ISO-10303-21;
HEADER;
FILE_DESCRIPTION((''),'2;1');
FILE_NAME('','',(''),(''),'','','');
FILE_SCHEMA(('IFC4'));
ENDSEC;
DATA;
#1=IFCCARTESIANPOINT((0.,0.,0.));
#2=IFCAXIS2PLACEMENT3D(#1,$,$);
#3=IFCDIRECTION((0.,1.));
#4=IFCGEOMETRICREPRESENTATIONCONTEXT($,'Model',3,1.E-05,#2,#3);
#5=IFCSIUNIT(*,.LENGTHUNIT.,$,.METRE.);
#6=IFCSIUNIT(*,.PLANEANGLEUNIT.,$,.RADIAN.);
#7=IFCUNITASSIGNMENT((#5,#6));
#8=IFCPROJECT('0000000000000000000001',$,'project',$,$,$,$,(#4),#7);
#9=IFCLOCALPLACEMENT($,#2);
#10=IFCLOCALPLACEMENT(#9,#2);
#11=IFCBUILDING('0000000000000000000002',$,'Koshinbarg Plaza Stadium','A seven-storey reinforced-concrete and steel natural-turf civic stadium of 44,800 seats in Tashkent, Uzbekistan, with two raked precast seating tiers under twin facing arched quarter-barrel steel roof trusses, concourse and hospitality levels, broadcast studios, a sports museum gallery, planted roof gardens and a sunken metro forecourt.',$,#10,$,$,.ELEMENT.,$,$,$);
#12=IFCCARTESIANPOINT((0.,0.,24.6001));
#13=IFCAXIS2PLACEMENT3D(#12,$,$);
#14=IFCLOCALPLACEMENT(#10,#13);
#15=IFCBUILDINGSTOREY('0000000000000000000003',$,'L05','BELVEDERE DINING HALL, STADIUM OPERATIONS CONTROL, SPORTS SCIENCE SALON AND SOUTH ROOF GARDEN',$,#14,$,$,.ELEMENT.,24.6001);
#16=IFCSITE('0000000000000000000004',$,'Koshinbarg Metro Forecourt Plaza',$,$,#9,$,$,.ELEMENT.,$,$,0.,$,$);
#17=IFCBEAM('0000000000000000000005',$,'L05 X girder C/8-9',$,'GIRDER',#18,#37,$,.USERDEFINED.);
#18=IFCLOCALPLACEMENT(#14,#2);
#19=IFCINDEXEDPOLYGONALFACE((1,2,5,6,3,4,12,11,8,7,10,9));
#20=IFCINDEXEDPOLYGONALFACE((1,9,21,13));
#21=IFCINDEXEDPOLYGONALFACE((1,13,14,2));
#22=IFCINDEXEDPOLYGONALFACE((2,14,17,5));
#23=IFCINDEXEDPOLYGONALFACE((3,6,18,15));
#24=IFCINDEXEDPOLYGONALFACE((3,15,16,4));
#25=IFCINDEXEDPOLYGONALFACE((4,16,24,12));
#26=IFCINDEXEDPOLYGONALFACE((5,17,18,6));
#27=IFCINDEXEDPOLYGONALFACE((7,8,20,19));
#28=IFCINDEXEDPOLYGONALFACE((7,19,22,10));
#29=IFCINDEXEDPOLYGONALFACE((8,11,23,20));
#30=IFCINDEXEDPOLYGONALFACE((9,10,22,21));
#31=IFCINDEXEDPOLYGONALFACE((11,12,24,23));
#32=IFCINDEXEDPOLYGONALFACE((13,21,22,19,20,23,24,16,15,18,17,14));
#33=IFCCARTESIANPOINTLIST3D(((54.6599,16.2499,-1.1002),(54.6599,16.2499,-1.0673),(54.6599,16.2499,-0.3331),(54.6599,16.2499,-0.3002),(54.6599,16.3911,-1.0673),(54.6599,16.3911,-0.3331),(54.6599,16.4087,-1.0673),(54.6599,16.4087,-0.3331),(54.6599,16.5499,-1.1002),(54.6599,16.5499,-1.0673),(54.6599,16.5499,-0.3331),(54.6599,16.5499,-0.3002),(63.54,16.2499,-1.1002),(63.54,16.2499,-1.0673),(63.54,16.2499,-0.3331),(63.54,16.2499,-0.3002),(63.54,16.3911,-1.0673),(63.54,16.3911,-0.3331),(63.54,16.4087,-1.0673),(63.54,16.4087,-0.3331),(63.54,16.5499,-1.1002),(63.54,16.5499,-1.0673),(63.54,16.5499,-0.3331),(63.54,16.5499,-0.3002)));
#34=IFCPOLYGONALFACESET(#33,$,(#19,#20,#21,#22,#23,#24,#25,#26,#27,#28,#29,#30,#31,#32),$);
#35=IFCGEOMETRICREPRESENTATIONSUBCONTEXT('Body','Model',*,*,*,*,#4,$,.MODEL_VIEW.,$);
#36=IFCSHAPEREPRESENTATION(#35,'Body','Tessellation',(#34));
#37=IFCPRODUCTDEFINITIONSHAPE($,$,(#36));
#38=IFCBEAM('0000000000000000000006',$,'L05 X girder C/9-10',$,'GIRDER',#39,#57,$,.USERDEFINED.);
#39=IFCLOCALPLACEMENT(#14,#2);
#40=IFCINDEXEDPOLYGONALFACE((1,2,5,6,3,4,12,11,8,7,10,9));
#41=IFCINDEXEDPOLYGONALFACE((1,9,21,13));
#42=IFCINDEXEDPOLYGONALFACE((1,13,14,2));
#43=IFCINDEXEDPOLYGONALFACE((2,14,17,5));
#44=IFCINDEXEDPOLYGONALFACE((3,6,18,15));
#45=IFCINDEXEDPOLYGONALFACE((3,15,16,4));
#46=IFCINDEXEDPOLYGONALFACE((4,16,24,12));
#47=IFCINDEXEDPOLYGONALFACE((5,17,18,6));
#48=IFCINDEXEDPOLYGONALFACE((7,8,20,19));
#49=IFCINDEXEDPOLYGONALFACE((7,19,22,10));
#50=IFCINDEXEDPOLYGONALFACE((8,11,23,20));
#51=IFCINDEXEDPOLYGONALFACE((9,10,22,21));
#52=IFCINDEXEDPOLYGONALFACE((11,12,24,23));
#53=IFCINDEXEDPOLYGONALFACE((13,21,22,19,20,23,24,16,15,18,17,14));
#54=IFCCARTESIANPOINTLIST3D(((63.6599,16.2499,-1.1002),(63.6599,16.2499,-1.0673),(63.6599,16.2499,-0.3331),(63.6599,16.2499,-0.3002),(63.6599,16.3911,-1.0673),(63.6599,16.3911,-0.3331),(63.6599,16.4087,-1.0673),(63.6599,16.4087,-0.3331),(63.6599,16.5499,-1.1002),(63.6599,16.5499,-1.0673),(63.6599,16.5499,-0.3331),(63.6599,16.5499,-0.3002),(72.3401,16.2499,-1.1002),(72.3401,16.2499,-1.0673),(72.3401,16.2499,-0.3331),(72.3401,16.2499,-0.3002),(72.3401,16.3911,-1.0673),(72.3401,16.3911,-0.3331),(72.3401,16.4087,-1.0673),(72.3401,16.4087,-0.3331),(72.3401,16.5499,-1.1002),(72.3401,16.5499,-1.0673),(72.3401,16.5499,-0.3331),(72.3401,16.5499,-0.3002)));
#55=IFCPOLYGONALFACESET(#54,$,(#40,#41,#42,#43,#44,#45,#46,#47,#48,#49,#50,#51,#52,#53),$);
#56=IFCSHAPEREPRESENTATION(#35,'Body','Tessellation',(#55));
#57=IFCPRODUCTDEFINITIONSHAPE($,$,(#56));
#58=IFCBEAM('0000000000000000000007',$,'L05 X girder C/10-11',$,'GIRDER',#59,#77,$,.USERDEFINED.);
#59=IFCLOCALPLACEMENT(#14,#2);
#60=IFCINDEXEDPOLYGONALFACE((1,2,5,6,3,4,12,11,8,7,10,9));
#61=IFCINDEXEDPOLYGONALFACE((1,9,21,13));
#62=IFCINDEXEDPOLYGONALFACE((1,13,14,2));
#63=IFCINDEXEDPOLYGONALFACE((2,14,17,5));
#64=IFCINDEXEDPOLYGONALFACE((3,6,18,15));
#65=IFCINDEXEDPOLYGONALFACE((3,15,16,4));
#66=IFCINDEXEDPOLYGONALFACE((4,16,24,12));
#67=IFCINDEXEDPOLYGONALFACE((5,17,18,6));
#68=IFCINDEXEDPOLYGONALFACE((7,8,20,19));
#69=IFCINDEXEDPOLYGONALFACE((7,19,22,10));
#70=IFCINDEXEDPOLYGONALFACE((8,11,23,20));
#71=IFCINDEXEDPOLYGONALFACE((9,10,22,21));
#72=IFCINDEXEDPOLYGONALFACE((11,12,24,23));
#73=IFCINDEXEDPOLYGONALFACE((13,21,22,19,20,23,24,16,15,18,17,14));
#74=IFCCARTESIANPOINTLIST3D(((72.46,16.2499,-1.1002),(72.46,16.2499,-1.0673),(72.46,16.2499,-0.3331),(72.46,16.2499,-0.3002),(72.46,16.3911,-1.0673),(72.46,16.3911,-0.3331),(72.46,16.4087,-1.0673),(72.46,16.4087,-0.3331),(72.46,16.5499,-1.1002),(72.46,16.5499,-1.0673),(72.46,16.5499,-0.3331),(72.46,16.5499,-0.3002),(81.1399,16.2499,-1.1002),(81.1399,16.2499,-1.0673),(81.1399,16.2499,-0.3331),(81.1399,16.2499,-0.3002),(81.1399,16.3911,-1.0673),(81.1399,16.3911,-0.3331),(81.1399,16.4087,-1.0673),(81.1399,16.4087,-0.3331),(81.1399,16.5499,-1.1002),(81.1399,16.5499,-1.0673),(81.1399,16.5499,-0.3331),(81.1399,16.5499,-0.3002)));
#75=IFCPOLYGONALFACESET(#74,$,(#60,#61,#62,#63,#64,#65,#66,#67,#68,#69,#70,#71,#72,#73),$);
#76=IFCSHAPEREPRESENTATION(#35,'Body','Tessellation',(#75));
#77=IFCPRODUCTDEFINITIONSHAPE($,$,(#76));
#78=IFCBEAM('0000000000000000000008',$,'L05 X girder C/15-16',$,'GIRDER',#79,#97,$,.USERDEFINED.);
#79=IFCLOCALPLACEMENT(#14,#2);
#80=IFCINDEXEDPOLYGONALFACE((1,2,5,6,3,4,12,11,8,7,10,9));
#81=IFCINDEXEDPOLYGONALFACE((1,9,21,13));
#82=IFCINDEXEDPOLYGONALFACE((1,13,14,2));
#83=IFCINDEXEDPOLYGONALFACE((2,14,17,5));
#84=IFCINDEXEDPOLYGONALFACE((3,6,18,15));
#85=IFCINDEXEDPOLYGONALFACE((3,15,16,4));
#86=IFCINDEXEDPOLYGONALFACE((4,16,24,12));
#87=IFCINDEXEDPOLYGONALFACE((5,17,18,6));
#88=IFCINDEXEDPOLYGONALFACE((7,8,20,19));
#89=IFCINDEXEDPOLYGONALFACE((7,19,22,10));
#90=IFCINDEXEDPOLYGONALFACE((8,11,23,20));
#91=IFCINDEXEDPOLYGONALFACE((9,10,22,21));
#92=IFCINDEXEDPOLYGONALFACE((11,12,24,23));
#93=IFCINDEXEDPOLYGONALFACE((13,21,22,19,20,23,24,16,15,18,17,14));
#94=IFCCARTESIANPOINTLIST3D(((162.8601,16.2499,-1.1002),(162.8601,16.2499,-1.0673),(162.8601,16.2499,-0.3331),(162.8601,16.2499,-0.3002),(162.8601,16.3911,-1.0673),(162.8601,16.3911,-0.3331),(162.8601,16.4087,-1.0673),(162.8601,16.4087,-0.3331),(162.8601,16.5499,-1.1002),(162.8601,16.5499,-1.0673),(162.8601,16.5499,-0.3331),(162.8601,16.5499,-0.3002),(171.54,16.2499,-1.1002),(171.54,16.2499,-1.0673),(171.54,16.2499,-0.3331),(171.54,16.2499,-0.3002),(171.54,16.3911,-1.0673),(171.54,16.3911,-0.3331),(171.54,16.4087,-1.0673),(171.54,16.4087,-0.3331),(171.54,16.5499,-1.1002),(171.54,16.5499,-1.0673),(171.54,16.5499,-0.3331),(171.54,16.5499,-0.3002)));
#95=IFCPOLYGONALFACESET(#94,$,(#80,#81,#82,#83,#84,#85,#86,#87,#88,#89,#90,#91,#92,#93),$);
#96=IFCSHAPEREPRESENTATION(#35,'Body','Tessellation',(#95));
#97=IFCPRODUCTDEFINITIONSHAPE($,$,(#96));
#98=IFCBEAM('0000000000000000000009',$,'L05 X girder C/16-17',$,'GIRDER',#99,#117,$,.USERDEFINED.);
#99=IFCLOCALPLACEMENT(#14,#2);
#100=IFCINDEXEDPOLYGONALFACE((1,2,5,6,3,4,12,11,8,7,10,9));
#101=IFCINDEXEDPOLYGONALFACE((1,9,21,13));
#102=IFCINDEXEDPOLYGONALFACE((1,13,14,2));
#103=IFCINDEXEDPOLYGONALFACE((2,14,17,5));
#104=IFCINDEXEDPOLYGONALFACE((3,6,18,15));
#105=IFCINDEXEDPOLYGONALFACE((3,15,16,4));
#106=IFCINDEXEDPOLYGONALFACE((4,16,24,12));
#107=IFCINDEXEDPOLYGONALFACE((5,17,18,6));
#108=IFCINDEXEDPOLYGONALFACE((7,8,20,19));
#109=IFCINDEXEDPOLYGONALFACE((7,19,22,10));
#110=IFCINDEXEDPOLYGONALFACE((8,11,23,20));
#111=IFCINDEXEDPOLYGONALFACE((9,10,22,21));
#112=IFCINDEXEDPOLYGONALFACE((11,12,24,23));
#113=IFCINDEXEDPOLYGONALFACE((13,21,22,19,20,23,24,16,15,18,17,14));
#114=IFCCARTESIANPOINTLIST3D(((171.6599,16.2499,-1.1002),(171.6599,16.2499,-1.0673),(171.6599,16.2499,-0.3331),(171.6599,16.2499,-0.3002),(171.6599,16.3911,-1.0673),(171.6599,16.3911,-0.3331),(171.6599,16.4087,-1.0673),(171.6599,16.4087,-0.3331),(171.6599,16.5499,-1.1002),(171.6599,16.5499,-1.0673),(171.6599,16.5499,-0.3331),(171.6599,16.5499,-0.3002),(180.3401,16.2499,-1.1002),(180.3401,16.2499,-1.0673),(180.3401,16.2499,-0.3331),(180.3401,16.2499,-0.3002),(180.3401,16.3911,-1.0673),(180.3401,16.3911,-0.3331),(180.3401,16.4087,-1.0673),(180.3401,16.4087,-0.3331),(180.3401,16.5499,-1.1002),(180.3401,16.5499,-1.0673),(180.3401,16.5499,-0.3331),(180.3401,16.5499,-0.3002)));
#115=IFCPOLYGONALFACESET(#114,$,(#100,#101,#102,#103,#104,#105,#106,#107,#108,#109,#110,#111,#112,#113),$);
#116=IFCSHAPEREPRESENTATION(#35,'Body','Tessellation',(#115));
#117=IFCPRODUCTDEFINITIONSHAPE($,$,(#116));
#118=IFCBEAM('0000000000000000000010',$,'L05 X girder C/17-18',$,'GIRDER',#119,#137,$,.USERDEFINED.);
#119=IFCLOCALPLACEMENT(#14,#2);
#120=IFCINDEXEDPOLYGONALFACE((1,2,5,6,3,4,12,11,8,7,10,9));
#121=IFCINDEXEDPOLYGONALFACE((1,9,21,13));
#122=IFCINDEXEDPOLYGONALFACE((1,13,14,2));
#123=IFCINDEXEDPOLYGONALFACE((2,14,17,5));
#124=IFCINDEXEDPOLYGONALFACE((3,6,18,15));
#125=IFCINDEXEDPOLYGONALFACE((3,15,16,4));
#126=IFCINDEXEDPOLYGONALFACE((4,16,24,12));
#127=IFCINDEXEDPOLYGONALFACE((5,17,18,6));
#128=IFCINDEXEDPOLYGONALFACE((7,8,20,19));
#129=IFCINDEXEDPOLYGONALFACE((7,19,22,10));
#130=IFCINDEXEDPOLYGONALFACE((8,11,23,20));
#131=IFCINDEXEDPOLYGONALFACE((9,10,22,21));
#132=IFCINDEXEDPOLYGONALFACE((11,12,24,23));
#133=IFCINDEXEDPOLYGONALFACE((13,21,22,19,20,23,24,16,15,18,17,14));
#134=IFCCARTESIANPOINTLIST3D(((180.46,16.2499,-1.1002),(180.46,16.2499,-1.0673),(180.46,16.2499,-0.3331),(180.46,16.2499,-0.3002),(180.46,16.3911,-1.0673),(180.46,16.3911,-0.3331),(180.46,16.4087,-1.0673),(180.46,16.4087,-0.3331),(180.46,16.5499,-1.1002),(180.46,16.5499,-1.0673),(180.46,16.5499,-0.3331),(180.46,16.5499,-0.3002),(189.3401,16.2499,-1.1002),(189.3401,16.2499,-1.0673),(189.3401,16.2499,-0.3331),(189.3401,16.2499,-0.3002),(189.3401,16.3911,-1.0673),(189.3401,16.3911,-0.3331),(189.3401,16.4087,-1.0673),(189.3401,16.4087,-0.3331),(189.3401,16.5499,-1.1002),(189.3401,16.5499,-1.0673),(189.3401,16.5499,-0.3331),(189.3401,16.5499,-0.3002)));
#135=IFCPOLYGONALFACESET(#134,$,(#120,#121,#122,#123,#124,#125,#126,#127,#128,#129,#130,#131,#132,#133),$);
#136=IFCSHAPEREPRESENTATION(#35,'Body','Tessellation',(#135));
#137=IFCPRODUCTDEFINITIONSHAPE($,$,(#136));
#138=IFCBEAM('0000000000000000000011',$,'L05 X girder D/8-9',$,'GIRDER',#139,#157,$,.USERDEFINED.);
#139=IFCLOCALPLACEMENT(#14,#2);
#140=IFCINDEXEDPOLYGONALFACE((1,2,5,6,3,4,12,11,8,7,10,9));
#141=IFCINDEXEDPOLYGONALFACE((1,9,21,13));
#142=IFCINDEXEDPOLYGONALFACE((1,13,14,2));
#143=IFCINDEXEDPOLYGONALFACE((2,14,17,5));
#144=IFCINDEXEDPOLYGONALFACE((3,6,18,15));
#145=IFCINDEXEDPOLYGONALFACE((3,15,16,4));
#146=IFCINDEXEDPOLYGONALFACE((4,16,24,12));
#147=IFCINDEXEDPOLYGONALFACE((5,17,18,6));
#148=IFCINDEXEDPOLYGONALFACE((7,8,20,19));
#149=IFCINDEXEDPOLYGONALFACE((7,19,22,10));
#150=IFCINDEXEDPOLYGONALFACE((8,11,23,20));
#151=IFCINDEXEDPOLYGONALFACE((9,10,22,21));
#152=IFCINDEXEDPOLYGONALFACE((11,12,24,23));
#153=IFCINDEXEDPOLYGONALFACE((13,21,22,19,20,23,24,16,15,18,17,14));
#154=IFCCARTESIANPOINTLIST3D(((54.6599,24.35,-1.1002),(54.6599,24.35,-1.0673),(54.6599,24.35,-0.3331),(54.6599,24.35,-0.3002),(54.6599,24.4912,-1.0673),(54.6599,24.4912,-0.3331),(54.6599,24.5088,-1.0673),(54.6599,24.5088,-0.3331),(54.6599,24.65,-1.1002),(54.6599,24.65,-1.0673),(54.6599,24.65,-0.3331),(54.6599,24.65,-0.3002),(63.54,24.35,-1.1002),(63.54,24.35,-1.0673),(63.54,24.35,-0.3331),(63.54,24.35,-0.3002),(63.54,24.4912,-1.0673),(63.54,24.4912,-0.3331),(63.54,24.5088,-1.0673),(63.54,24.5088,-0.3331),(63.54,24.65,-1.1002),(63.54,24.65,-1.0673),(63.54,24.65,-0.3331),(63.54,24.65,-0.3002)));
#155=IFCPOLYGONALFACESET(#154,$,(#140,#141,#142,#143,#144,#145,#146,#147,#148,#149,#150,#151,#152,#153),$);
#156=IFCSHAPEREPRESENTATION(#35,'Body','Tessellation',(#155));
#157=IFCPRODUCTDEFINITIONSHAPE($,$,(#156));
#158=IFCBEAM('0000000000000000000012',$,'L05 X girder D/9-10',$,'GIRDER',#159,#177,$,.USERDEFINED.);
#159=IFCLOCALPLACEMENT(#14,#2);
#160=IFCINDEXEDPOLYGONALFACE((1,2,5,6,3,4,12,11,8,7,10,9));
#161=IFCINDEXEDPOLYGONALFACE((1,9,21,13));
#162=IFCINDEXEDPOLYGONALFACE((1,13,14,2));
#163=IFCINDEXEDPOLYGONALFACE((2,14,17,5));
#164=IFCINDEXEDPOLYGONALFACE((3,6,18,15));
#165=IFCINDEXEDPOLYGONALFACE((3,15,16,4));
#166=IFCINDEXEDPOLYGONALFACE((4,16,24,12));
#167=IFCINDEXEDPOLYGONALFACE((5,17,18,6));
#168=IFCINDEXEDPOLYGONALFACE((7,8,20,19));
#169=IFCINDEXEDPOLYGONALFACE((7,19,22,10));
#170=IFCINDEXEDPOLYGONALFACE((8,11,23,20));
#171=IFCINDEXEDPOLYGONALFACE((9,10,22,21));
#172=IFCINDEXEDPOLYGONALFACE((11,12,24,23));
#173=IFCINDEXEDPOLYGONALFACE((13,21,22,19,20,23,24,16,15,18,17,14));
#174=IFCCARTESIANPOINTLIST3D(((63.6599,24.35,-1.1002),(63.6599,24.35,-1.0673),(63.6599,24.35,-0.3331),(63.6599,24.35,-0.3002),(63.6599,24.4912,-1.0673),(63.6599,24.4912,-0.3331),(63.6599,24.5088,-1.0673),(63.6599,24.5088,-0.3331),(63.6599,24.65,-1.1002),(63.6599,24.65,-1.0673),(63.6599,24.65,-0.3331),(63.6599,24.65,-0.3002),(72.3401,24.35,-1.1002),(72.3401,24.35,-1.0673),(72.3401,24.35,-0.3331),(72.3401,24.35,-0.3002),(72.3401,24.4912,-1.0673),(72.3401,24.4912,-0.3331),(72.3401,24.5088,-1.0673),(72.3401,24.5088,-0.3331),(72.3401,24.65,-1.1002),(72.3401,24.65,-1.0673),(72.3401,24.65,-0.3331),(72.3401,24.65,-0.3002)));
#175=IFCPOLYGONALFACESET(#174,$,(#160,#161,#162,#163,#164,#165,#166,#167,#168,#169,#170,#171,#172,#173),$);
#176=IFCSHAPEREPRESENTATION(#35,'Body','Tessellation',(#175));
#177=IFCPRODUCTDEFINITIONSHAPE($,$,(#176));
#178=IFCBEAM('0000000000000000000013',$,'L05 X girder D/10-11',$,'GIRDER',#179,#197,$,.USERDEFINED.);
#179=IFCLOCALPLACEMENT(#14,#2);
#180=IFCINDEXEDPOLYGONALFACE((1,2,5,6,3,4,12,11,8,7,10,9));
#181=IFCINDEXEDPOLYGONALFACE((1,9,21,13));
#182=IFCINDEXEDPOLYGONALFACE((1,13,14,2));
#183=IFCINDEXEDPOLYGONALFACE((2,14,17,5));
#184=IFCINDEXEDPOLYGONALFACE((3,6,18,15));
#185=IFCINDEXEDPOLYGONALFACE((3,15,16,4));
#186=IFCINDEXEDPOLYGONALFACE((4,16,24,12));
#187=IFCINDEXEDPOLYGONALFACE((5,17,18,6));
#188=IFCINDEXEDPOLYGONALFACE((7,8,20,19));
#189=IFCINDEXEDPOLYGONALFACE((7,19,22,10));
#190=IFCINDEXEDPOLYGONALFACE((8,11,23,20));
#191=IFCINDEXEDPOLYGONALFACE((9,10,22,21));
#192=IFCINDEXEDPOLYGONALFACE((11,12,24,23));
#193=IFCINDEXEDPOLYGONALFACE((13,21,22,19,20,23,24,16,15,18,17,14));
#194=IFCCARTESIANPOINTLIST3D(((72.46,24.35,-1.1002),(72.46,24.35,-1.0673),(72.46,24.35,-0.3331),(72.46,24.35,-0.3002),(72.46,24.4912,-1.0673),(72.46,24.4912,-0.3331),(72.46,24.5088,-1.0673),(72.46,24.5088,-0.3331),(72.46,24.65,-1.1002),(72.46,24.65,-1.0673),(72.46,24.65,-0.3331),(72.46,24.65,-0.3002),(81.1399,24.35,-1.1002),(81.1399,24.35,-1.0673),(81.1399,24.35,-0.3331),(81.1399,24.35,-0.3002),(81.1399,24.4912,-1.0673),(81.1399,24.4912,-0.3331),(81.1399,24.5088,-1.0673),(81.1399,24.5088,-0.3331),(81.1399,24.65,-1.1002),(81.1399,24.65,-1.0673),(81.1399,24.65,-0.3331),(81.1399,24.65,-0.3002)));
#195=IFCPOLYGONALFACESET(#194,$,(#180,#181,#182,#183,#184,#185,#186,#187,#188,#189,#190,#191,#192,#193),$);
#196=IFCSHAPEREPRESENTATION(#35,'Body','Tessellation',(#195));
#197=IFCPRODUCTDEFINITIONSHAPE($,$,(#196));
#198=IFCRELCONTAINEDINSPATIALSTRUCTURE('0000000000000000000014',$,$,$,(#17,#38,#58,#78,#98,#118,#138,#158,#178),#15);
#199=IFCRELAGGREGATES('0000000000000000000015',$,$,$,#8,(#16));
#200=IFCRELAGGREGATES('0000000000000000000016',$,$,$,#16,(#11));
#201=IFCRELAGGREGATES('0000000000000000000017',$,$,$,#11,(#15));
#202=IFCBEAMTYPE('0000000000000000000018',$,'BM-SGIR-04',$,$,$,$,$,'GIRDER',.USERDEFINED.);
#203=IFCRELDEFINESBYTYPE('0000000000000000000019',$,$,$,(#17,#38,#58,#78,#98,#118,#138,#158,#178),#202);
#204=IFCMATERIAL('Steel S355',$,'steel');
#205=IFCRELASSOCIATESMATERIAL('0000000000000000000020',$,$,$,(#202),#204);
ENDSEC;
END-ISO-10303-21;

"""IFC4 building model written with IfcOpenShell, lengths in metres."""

from ifc_helpers import new_model, si_unit, direction, frame, origin, origin_2d, place, context, subcontext, project, spatial, i_section, extrude, material, material_profile, profile_set, type_object, element, save


model = new_model("IFC4")

# Units and contexts
model_context = context("Model", 3, precision=1e-05, world=origin(), true_north=direction((0.0, 1.0)))
body_context = subcontext(model_context, "Body", "Model", "MODEL_VIEW")
ifc_project = project(units=[si_unit("LENGTHUNIT", "METRE"), si_unit("PLANEANGLEUNIT", "RADIAN")], contexts=[model_context])

# Site, building, storey
site_placement = place(None, origin())
site = spatial("IfcSite", under=ifc_project, at=site_placement, Name="Koshinbarg Metro Forecourt Plaza", CompositionType="ELEMENT", RefElevation=0.0)
building_placement = place(site_placement, origin())
building = spatial("IfcBuilding", under=site, at=building_placement, Name="Koshinbarg Plaza Stadium", Description="A seven-storey reinforced-concrete and steel natural-turf civic stadium of 44,800 seats in Tashkent, Uzbekistan, with two raked precast seating tiers under twin facing arched quarter-barrel steel roof trusses, concourse and hospitality levels, broadcast studios, a sports museum gallery, planted roof gardens and a sunken metro forecourt.", CompositionType="ELEMENT")
storey_placement = place(building_placement, frame((0.0, 0.0, 24.6001)))
storey = spatial("IfcBuildingStorey", under=building, at=storey_placement, Name="L05", Description="BELVEDERE DINING HALL, STADIUM OPERATIONS CONTROL, SPORTS SCIENCE SALON AND SOUTH ROOF GARDEN", CompositionType="ELEMENT", Elevation=24.6001)

# Beams
ifc_material_1 = material(Name="Steel S355", Category="steel")
ifc_material_profile_1 = material_profile(ifc_material_1, i_section(OverallWidth=0.3, OverallDepth=0.8, WebThickness=0.0176, FlangeThickness=0.033, at=origin_2d()), Name="HEB 800")
ifc_profile_set_1 = profile_set([ifc_material_profile_1], Name="Steel S355")
beam_type_1 = type_object("IfcBeamType", Name="BM-SGIR-04", ElementType="GIRDER", PredefinedType="USERDEFINED", material=ifc_profile_set_1)
beam_1_placement = place(storey_placement, frame((54.6599, 16.3999, -0.7002), z_axis=(1.0, 0.0, 0.0), x_axis=(0.0, 1.0, 0.0)))
element("IfcBeam", 1, at=beam_1_placement, inside=storey, type_object=beam_type_1, Name="L05 X girder C/8-9", ObjectType="GIRDER", PredefinedType="USERDEFINED", context=body_context, shape_type="SweptSolid", body=[
    extrude(i_section(OverallWidth=0.3, OverallDepth=0.8, WebThickness=0.0176, FlangeThickness=0.033, at=origin_2d()), origin(), (0.0, 0.0, 1.0), 8.8801),
])
beam_2_placement = place(storey_placement, frame((63.6599, 16.3999, -0.7002), z_axis=(1.0, 0.0, 0.0), x_axis=(0.0, 1.0, 0.0)))
element("IfcBeam", 2, at=beam_2_placement, inside=storey, type_object=beam_type_1, Name="L05 X girder C/9-10", ObjectType="GIRDER", PredefinedType="USERDEFINED", context=body_context, shape_type="SweptSolid", body=[
    extrude(i_section(OverallWidth=0.3, OverallDepth=0.8, WebThickness=0.0176, FlangeThickness=0.033, at=origin_2d()), origin(), (0.0, 0.0, 1.0), 8.6802),
])
for number, where, z_axis, x_axis, name in (
    (3, (72.46, 16.3999, -0.7002), (1.0, 0.0, 0.0), (0.0, 1.0, 0.0), "L05 X girder C/10-11"),
    (4, (162.8601, 16.3999, -0.7002), (1.0, 0.0, 0.0), (0.0, 1.0, 0.0), "L05 X girder C/15-16"),
):
    element("IfcBeam", number, at=place(storey_placement, frame(where, z_axis=z_axis, x_axis=x_axis)), inside=storey, type_object=beam_type_1, Name=name, ObjectType="GIRDER", PredefinedType="USERDEFINED", context=body_context, shape_type="SweptSolid", body=[
        extrude(i_section(OverallWidth=0.3, OverallDepth=0.8, WebThickness=0.0176, FlangeThickness=0.033, at=origin_2d()), origin(), (0.0, 0.0, 1.0), 8.6799),
    ])
beam_3_placement = place(storey_placement, frame((171.6599, 16.3999, -0.7002), z_axis=(1.0, 0.0, 0.0), x_axis=(0.0, 1.0, 0.0)))
element("IfcBeam", 5, at=beam_3_placement, inside=storey, type_object=beam_type_1, Name="L05 X girder C/16-17", ObjectType="GIRDER", PredefinedType="USERDEFINED", context=body_context, shape_type="SweptSolid", body=[
    extrude(i_section(OverallWidth=0.3, OverallDepth=0.8, WebThickness=0.0176, FlangeThickness=0.033, at=origin_2d()), origin(), (0.0, 0.0, 1.0), 8.6802),
])
for number, where, z_axis, x_axis, name in (
    (6, (180.46, 16.3999, -0.7002), (1.0, 0.0, 0.0), (0.0, 1.0, 0.0), "L05 X girder C/17-18"),
    (7, (54.6599, 24.5, -0.7002), (1.0, 0.0, 0.0), (0.0, 1.0, 0.0), "L05 X girder D/8-9"),
):
    element("IfcBeam", number, at=place(storey_placement, frame(where, z_axis=z_axis, x_axis=x_axis)), inside=storey, type_object=beam_type_1, Name=name, ObjectType="GIRDER", PredefinedType="USERDEFINED", context=body_context, shape_type="SweptSolid", body=[
        extrude(i_section(OverallWidth=0.3, OverallDepth=0.8, WebThickness=0.0176, FlangeThickness=0.033, at=origin_2d()), origin(), (0.0, 0.0, 1.0), 8.8801),
    ])
beam_4_placement = place(storey_placement, frame((63.6599, 24.5, -0.7002), z_axis=(1.0, 0.0, 0.0), x_axis=(0.0, 1.0, 0.0)))
element("IfcBeam", 8, at=beam_4_placement, inside=storey, type_object=beam_type_1, Name="L05 X girder D/9-10", ObjectType="GIRDER", PredefinedType="USERDEFINED", context=body_context, shape_type="SweptSolid", body=[
    extrude(i_section(OverallWidth=0.3, OverallDepth=0.8, WebThickness=0.0176, FlangeThickness=0.033, at=origin_2d()), origin(), (0.0, 0.0, 1.0), 8.6802),
])
for number, where, z_axis, x_axis, name in (
    (9, (72.46, 24.5, -0.7002), (1.0, 0.0, 0.0), (0.0, 1.0, 0.0), "L05 X girder D/10-11"),
):
    element("IfcBeam", number, at=place(storey_placement, frame(where, z_axis=z_axis, x_axis=x_axis)), inside=storey, type_object=beam_type_1, Name=name, ObjectType="GIRDER", PredefinedType="USERDEFINED", context=body_context, shape_type="SweptSolid", body=[
        extrude(i_section(OverallWidth=0.3, OverallDepth=0.8, WebThickness=0.0176, FlangeThickness=0.033, at=origin_2d()), origin(), (0.0, 0.0, 1.0), 8.6799),
    ])

save(model, "model.ifc")
